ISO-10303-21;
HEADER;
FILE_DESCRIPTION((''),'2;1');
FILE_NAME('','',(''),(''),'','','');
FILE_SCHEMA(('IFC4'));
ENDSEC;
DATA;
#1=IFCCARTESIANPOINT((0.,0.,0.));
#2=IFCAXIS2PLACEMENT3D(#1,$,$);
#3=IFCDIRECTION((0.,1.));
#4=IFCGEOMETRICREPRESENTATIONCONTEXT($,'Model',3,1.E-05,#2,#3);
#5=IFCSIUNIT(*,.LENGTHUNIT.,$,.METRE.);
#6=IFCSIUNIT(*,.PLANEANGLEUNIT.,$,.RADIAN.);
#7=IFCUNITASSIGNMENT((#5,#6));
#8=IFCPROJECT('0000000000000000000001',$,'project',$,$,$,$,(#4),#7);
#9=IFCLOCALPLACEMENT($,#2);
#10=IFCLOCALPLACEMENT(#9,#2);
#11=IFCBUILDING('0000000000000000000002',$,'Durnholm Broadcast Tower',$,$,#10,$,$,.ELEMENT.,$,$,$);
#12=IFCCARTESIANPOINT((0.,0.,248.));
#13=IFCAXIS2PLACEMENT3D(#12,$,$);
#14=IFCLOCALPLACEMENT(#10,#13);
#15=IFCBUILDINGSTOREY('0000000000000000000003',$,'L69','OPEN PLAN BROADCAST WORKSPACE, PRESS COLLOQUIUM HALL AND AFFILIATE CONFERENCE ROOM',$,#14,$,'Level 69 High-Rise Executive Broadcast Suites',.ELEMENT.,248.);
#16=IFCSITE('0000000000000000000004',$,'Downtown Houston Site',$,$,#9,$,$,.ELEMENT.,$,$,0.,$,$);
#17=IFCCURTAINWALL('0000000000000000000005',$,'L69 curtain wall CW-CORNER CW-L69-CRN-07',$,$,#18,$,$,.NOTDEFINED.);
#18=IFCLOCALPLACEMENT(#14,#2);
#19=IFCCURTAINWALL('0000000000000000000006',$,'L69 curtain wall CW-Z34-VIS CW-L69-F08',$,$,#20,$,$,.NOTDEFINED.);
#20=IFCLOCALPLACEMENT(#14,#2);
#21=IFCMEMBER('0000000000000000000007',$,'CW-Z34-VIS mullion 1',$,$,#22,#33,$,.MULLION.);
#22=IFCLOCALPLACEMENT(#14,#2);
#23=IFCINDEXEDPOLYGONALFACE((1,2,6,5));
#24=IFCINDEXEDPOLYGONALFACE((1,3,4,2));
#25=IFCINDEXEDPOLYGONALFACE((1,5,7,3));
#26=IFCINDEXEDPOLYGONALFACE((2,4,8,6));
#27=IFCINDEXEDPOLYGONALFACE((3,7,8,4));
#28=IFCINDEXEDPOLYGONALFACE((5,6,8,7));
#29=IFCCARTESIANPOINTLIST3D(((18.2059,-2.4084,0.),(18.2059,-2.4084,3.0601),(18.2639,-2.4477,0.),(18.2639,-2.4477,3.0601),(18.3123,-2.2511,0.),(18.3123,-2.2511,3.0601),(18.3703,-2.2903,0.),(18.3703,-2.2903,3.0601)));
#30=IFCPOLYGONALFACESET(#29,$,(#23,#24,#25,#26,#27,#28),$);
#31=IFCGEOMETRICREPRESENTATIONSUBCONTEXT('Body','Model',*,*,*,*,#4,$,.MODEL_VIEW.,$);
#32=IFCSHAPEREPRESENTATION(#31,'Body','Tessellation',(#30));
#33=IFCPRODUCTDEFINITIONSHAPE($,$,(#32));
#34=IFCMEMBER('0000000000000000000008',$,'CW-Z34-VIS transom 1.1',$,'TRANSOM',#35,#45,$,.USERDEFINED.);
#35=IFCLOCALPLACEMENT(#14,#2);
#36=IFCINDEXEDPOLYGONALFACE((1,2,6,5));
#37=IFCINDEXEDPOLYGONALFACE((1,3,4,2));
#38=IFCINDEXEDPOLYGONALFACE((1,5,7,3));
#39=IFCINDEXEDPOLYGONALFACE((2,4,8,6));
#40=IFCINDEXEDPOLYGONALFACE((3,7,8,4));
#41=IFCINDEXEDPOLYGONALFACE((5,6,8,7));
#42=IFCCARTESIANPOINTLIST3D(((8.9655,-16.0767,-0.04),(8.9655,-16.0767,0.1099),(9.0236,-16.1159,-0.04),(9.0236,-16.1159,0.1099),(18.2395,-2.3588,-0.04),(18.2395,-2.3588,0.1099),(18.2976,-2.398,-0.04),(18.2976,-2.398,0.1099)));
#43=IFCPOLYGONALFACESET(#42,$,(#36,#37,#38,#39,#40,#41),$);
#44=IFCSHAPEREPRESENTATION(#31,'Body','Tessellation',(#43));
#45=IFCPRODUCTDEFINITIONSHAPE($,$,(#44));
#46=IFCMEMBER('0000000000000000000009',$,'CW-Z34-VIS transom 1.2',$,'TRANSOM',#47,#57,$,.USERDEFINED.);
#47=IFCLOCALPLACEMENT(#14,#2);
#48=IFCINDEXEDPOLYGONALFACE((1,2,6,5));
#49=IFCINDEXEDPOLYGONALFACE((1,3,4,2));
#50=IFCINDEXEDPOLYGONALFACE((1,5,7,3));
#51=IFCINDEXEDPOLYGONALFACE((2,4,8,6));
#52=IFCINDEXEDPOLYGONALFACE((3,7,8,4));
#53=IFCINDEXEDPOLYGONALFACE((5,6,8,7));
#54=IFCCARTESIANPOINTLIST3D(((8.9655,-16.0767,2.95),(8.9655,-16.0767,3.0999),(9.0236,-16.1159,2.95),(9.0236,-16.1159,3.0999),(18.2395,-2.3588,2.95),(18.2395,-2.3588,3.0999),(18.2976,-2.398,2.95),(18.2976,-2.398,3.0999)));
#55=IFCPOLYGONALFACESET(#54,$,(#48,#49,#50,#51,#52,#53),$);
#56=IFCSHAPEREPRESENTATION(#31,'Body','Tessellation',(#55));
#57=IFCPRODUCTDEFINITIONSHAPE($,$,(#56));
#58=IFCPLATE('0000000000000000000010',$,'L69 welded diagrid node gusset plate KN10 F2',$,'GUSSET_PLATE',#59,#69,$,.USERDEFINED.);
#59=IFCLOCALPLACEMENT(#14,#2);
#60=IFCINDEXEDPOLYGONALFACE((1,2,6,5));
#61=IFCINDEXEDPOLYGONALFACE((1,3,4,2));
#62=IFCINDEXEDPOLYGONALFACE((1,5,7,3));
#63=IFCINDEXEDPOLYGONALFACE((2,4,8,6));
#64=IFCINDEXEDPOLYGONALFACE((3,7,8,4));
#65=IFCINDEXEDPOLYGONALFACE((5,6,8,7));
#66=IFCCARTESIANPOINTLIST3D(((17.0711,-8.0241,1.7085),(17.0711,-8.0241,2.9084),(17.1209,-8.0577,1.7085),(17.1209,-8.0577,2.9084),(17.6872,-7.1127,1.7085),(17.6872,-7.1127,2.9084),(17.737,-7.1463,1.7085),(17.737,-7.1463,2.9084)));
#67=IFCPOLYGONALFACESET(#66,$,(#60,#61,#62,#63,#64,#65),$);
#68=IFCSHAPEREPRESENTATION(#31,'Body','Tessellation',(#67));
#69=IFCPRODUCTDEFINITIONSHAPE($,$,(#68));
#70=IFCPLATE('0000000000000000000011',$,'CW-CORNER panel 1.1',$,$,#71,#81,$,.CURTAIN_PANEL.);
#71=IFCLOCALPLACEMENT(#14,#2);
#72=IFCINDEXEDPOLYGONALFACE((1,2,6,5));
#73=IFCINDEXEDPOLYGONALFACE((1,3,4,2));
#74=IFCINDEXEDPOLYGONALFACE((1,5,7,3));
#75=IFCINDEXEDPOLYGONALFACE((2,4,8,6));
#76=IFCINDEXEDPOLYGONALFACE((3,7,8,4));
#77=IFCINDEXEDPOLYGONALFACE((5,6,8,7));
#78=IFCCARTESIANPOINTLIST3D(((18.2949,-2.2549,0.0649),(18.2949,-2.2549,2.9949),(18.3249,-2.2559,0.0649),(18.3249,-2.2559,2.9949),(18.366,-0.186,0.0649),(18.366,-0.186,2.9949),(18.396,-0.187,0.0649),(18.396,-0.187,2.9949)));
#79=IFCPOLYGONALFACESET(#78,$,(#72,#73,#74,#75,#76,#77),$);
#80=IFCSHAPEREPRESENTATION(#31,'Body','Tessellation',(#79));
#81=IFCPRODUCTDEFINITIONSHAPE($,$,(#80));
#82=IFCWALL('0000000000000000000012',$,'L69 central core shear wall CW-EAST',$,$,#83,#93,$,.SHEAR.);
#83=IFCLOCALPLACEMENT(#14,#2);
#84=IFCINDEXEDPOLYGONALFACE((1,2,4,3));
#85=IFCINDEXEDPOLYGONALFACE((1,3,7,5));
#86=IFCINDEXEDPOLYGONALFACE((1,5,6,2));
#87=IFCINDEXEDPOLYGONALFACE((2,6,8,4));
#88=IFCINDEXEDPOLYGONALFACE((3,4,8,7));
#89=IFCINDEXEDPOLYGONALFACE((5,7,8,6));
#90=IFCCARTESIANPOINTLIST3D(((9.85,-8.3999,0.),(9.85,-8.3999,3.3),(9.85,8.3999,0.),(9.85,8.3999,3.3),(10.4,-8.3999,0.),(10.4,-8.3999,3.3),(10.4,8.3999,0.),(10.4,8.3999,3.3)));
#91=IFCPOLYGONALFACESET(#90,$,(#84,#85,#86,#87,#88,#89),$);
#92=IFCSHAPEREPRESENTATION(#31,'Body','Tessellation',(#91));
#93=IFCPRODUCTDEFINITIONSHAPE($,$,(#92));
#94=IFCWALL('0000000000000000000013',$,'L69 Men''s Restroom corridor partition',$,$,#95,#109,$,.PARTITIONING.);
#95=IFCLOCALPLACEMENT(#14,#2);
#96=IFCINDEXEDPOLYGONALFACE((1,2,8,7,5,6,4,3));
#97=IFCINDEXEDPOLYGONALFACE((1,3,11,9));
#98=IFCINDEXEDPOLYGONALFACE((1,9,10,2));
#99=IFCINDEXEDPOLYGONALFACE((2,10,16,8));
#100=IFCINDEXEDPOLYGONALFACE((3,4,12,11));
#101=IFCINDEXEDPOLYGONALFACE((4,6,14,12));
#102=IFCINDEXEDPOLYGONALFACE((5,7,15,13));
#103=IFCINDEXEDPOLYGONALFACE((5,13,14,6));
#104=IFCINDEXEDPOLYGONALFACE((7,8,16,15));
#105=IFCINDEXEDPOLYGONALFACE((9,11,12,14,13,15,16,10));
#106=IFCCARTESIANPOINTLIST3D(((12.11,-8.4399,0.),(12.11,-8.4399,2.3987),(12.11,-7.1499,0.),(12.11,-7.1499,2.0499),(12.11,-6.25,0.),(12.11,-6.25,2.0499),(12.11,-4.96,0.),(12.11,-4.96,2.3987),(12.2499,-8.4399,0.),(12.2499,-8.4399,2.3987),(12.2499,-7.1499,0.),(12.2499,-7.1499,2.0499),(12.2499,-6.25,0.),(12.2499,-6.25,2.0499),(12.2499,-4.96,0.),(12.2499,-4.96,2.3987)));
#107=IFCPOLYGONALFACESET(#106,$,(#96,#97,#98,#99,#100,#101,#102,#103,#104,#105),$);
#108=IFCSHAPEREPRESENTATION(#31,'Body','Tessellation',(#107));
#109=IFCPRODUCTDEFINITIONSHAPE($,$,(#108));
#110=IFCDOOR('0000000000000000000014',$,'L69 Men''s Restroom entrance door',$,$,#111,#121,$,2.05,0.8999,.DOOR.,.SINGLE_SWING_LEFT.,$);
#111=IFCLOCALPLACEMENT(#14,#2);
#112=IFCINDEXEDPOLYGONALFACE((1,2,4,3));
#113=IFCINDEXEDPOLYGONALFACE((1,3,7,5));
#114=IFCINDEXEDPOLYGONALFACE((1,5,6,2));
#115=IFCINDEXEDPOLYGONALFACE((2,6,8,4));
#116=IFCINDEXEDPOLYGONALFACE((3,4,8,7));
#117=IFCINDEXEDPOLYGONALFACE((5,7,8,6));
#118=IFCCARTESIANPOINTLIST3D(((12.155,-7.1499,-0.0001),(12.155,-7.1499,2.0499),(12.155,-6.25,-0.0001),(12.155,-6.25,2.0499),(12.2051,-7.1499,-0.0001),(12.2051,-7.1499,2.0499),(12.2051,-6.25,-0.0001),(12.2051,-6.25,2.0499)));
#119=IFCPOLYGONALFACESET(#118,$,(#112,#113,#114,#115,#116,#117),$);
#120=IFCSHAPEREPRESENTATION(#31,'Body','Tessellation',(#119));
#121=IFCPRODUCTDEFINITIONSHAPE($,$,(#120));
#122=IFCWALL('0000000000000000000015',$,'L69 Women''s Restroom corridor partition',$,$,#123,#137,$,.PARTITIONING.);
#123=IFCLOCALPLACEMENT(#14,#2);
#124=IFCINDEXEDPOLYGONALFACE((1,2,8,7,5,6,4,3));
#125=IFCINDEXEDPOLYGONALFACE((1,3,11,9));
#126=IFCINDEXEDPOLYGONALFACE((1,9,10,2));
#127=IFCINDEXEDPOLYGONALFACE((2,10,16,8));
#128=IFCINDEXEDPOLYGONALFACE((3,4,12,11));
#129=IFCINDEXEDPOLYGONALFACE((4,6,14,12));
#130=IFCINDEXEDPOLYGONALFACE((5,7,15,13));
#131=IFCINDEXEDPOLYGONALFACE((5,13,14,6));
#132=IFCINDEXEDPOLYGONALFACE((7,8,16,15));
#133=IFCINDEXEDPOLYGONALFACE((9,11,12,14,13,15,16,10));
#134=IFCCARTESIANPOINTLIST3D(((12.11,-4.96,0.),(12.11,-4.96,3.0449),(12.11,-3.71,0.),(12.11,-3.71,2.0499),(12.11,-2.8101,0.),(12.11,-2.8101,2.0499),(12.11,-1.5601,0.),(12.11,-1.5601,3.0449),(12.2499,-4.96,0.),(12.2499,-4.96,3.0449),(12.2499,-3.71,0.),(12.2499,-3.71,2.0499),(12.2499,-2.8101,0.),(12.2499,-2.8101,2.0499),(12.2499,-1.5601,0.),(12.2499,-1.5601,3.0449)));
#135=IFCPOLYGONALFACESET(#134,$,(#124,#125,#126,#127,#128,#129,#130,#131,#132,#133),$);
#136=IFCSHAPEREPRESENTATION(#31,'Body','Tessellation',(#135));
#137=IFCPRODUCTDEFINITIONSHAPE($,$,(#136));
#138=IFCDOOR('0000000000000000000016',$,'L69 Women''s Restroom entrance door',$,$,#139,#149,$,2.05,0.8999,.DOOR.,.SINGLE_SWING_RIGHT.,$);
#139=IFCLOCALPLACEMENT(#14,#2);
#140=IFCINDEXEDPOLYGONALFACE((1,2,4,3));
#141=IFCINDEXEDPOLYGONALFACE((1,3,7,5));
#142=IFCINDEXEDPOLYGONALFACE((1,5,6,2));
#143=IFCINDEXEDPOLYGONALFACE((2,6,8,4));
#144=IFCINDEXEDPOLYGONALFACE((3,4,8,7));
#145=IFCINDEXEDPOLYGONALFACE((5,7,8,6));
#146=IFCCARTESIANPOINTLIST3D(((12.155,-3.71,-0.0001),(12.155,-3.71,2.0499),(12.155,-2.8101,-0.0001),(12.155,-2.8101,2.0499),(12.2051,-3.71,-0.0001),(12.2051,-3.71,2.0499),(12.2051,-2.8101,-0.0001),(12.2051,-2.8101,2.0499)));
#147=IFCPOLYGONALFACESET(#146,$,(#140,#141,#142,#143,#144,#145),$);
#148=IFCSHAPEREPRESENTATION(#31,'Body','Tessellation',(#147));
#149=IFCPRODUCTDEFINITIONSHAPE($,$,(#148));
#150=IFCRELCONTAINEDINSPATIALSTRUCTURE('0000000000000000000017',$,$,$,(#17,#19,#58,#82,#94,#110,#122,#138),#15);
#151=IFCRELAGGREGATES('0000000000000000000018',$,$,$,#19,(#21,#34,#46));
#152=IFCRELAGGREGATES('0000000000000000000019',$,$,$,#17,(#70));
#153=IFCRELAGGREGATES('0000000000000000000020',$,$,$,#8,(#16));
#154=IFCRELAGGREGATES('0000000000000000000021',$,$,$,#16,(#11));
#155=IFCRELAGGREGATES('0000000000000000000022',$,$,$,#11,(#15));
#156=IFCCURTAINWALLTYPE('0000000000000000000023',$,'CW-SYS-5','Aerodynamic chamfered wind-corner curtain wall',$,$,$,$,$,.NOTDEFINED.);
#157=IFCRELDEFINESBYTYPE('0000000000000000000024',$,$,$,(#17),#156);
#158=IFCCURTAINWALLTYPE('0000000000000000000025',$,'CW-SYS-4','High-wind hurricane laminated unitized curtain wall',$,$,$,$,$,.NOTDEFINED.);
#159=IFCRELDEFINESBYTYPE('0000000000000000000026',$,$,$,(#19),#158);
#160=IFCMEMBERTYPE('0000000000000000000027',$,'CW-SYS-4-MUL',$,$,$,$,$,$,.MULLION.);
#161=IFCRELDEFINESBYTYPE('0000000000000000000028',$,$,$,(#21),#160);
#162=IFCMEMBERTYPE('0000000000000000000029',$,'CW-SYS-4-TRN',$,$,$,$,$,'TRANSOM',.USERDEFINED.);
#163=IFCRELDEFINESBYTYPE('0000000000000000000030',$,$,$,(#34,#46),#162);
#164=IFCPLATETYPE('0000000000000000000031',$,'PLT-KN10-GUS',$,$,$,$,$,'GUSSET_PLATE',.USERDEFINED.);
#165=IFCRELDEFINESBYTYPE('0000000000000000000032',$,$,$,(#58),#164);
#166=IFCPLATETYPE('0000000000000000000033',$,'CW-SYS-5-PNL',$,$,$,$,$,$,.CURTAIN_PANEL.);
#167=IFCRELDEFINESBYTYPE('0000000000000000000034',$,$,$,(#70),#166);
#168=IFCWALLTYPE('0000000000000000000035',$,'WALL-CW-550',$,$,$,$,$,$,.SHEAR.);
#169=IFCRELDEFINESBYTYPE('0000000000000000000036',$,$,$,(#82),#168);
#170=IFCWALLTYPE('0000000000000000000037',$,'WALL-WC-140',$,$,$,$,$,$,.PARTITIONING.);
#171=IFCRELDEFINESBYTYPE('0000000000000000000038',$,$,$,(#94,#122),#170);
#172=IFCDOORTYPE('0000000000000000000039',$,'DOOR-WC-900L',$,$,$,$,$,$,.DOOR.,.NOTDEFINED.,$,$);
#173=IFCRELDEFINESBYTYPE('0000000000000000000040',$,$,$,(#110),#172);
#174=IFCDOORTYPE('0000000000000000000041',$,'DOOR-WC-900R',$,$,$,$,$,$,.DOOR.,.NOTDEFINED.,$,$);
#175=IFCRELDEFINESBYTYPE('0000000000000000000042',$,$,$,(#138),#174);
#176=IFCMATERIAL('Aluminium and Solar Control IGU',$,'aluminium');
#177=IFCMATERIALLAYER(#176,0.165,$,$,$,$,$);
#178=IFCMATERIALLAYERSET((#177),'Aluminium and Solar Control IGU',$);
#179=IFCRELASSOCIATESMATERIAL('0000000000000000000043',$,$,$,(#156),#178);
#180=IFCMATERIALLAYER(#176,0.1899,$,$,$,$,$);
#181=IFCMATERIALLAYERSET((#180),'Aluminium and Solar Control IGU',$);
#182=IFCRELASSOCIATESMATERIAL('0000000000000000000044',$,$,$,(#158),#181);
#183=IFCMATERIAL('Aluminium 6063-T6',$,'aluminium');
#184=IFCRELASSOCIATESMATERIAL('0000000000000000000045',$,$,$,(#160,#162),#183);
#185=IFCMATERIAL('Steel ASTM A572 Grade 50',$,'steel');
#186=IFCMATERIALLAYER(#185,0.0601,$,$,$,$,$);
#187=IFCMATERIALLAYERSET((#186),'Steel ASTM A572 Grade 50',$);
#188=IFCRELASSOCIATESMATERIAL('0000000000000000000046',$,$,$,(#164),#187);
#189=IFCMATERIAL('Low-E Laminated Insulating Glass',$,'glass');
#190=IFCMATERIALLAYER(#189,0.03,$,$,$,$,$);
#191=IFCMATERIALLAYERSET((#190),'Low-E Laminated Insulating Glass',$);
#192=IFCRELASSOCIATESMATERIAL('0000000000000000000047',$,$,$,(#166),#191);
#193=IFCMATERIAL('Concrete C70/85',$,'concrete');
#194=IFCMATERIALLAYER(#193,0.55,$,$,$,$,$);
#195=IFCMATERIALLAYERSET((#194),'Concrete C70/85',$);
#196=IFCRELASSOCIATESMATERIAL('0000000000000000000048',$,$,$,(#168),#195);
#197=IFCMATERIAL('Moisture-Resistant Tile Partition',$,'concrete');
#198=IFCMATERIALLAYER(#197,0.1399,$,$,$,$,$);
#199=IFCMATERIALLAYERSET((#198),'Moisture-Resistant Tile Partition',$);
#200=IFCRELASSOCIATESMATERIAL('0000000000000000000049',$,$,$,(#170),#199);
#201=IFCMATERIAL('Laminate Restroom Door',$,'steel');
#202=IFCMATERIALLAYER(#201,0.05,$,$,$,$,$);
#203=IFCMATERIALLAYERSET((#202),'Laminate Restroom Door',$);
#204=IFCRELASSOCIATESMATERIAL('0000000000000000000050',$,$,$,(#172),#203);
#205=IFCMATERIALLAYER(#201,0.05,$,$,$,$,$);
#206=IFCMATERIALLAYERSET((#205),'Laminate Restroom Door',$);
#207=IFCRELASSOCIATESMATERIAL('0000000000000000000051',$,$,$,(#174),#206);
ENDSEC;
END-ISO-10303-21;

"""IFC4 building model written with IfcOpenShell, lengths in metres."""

from ifc_helpers import new_model, si_unit, direction, frame, frame_2d, origin, origin_2d, place, context, subcontext, project, spatial, rectangle, extrude, source, transform, mapped, material, layer, layer_set, material_profile, profile_set, type_object, type_shapes, element, fill, aggregate, save


model = new_model("IFC4")

# Units and contexts
model_context = context("Model", 3, precision=1e-05, world=origin(), true_north=direction((0.0, 1.0)))
body_context = subcontext(model_context, "Body", "Model", "MODEL_VIEW")
ifc_project = project(units=[si_unit("LENGTHUNIT", "METRE"), si_unit("PLANEANGLEUNIT", "RADIAN")], contexts=[model_context])

# Site, building, storey
site_placement = place(None, origin())
site = spatial("IfcSite", under=ifc_project, at=site_placement, Name="Downtown Houston Site", CompositionType="ELEMENT", RefElevation=0.0)
building_placement = place(site_placement, origin())
building = spatial("IfcBuilding", under=site, at=building_placement, Name="Durnholm Broadcast Tower", CompositionType="ELEMENT")
storey_placement = place(building_placement, frame((0.0, 0.0, 248.0)))
storey = spatial("IfcBuildingStorey", under=building, at=storey_placement, Name="L69", Description="OPEN PLAN BROADCAST WORKSPACE, PRESS COLLOQUIUM HALL AND AFFILIATE CONFERENCE ROOM", LongName="Level 69 High-Rise Executive Broadcast Suites", CompositionType="ELEMENT", Elevation=248.0)

# Shared definitions
ifc_material_1 = material(Name="Concrete C70/85", Category="concrete")

# Curtain wall
ifc_material_2 = material(Name="Aluminium and Solar Control IGU", Category="aluminium")
ifc_layer_1 = layer(ifc_material_2, 0.165)
ifc_layer_set_1 = layer_set([ifc_layer_1], Name="Aluminium and Solar Control IGU")
curtain_wall_type_1 = type_object("IfcCurtainWallType", Name="CW-SYS-5", Description="Aerodynamic chamfered wind-corner curtain wall", PredefinedType="NOTDEFINED", material=ifc_layer_set_1)
curtain_wall_1_placement = place(storey_placement, origin())
curtain_wall_1 = element("IfcCurtainWall", 1, at=curtain_wall_1_placement, inside=storey, type_object=curtain_wall_type_1, Name="L69 curtain wall CW-CORNER CW-L69-CRN-07", PredefinedType="NOTDEFINED")
ifc_material_3 = material(Name="Aluminium 6063-T6", Category="aluminium")

# Curtain wall, members
ifc_layer_2 = layer(ifc_material_2, 0.1899)
ifc_layer_set_2 = layer_set([ifc_layer_2], Name="Aluminium and Solar Control IGU")
curtain_wall_type_2 = type_object("IfcCurtainWallType", Name="CW-SYS-4", Description="High-wind hurricane laminated unitized curtain wall", PredefinedType="NOTDEFINED", material=ifc_layer_set_2)
curtain_wall_2_placement = place(storey_placement, origin())
curtain_wall_2 = element("IfcCurtainWall", 2, at=curtain_wall_2_placement, inside=storey, type_object=curtain_wall_type_2, Name="L69 curtain wall CW-Z34-VIS CW-L69-F08", PredefinedType="NOTDEFINED")
ifc_material_profile_1 = material_profile(ifc_material_3, rectangle(XDim=0.0701, YDim=0.1899, at=origin_2d()), Name="CWM70X190")
ifc_profile_set_1 = profile_set([ifc_material_profile_1], Name="Aluminium 6063-T6")
member_type_1 = type_object("IfcMemberType", Name="CW-SYS-4-MUL", PredefinedType="MULLION", material=ifc_profile_set_1)
shared_shape_1 = source(origin(), body_context, "Body", "SweptSolid", [
    extrude(rectangle(XDim=0.0701, YDim=0.1899, at=origin_2d()), origin(), (0.0, 0.0, 1.0), 3.0601),
])
type_shapes(member_type_1, [shared_shape_1])
member_1_placement = place(storey_placement, frame((18.2881, -2.3494, 0.0), z_axis=(0.0, 0.0, 1.0), x_axis=(0.828443, -0.560073, 0.0)))
member_1 = element("IfcMember", 3, at=member_1_placement, type_object=member_type_1, Name="CW-Z34-VIS mullion 1", PredefinedType="MULLION", context=body_context, shape_type="MappedRepresentation", body=[
    mapped(shared_shape_1, transform((0.0, 0.0, 0.0), x_axis=(1.0, 0.0, 0.0), y_axis=(0.0, 1.0, 0.0), z_axis=(0.0, 0.0, 1.0), scale=1.0)),
])
ifc_material_profile_2 = material_profile(ifc_material_3, rectangle(XDim=0.0701, YDim=0.1499, at=origin_2d()), Name="CWT70X150")
ifc_profile_set_2 = profile_set([ifc_material_profile_2], Name="Aluminium 6063-T6")
member_type_2 = type_object("IfcMemberType", Name="CW-SYS-4-TRN", ElementType="TRANSOM", PredefinedType="USERDEFINED", material=ifc_profile_set_2)
shared_shape_2 = source(origin(), body_context, "Body", "SweptSolid", [
    extrude(rectangle(XDim=0.0701, YDim=0.1499, at=origin_2d()), origin(), (0.0, 0.0, 1.0), 16.5586),
])
type_shapes(member_type_2, [shared_shape_2])
member_2_placement = place(storey_placement, frame((18.2686, -2.3784, 0.0349), z_axis=(-0.560071, -0.828444, 0.0), x_axis=(0.828444, -0.560071, 0.0)))
member_2 = element("IfcMember", 4, at=member_2_placement, type_object=member_type_2, Name="CW-Z34-VIS transom 1.1", ObjectType="TRANSOM", PredefinedType="USERDEFINED", context=body_context, shape_type="MappedRepresentation", body=[
    mapped(shared_shape_2, transform((0.0, 0.0, 0.0), x_axis=(1.0, 0.0, 0.0), y_axis=(0.0, 1.0, 0.0), z_axis=(0.0, 0.0, 1.0), scale=1.0)),
])
member_3_placement = place(storey_placement, frame((18.2686, -2.3784, 3.0249), z_axis=(-0.560071, -0.828444, 0.0), x_axis=(0.828444, -0.560071, 0.0)))
member_3 = element("IfcMember", 5, at=member_3_placement, type_object=member_type_2, Name="CW-Z34-VIS transom 1.2", ObjectType="TRANSOM", PredefinedType="USERDEFINED", context=body_context, shape_type="MappedRepresentation", body=[
    mapped(shared_shape_2, transform((0.0, 0.0, 0.0), x_axis=(1.0, 0.0, 0.0), y_axis=(0.0, 1.0, 0.0), z_axis=(0.0, 0.0, 1.0), scale=1.0)),
])
aggregate(curtain_wall_2, [member_1, member_2, member_3])

# Plates
ifc_material_4 = material(Name="Steel ASTM A572 Grade 50", Category="steel")
ifc_layer_3 = layer(ifc_material_4, 0.0601)
ifc_layer_set_3 = layer_set([ifc_layer_3], Name="Steel ASTM A572 Grade 50")
plate_type_1 = type_object("IfcPlateType", Name="PLT-KN10-GUS", ElementType="GUSSET_PLATE", PredefinedType="USERDEFINED", material=ifc_layer_set_3)
shared_shape_3 = source(origin(), body_context, "Body", "SweptSolid", [
    extrude(rectangle(XDim=1.1001, YDim=0.0601, at=origin_2d()), origin(), (0.0, 0.0, 1.0), 1.2),
])
type_shapes(plate_type_1, [shared_shape_3])
plate_1_placement = place(storey_placement, frame((17.4041, -7.5852, 1.7085), z_axis=(0.0, 0.0, 1.0), x_axis=(0.560061, 0.828452, 0.0)))
element("IfcPlate", 6, at=plate_1_placement, inside=storey, type_object=plate_type_1, Name="L69 welded diagrid node gusset plate KN10 F2", ObjectType="GUSSET_PLATE", PredefinedType="USERDEFINED", context=body_context, shape_type="MappedRepresentation", body=[
    mapped(shared_shape_3, transform((0.0, 0.0, 0.0), x_axis=(1.0, 0.0, 0.0), y_axis=(0.0, 1.0, 0.0), z_axis=(0.0, 0.0, 1.0), scale=1.0)),
])
ifc_material_5 = material(Name="Low-E Laminated Insulating Glass", Category="glass")
ifc_layer_4 = layer(ifc_material_5, 0.03)
ifc_layer_set_4 = layer_set([ifc_layer_4], Name="Low-E Laminated Insulating Glass")
plate_type_2 = type_object("IfcPlateType", Name="CW-SYS-5-PNL", PredefinedType="CURTAIN_PANEL", material=ifc_layer_set_4)
shared_shape_4 = source(origin(), body_context, "Body", "SweptSolid", [
    extrude(rectangle(XDim=2.0701, YDim=0.03, at=origin_2d()), origin(), (0.0, 0.0, 1.0), 2.9299),
])
type_shapes(plate_type_2, [shared_shape_4])
plate_2_placement = place(storey_placement, frame((18.3455, -1.2209, 0.0649), z_axis=(0.0, 0.0, 1.0), x_axis=(-0.034318, -0.999411, 0.0)))
plate_2 = element("IfcPlate", 7, at=plate_2_placement, type_object=plate_type_2, Name="CW-CORNER panel 1.1", PredefinedType="CURTAIN_PANEL", context=body_context, shape_type="MappedRepresentation", body=[
    mapped(shared_shape_4, transform((0.0, 0.0, 0.0), x_axis=(1.0, 0.0, 0.0), y_axis=(0.0, 1.0, 0.0), z_axis=(0.0, 0.0, 1.0), scale=1.0)),
])
aggregate(curtain_wall_1, [plate_2])

# Wall
ifc_layer_5 = layer(ifc_material_1, 0.55)
ifc_layer_set_5 = layer_set([ifc_layer_5], Name="Concrete C70/85")
wall_type_1 = type_object("IfcWallType", Name="WALL-CW-550", PredefinedType="SHEAR", material=ifc_layer_set_5)
wall_1_placement = place(storey_placement, frame((10.125, -8.3999, 0.0), z_axis=(0.0, 0.0, 1.0), x_axis=(0.0, 1.0, 0.0)))
element("IfcWall", 8, at=wall_1_placement, inside=storey, type_object=wall_type_1, Name="L69 central core shear wall CW-EAST", PredefinedType="SHEAR", context=body_context, shape_type="SweptSolid", body=[
    extrude(rectangle(XDim=16.7998, YDim=0.55, at=frame_2d((8.3999, 0.0))), origin(), (0.0, 0.0, 1.0), 3.3),
])

# Walls, openings, doors
ifc_material_6 = material(Name="Moisture-Resistant Tile Partition", Category="concrete")
ifc_layer_6 = layer(ifc_material_6, 0.1399)
ifc_layer_set_6 = layer_set([ifc_layer_6], Name="Moisture-Resistant Tile Partition")
wall_type_2 = type_object("IfcWallType", Name="WALL-WC-140", PredefinedType="PARTITIONING", material=ifc_layer_set_6)
wall_2_placement = place(storey_placement, frame((12.1799, -8.4399, 0.0), z_axis=(0.0, 0.0, 1.0), x_axis=(0.0, 1.0, 0.0)))
wall_2 = element("IfcWall", 9, at=wall_2_placement, inside=storey, type_object=wall_type_2, Name="L69 Men's Restroom corridor partition", PredefinedType="PARTITIONING", context=body_context, shape_type="SweptSolid", body=[
    extrude(rectangle(XDim=3.48, YDim=0.1399, at=frame_2d((1.74, 0.0))), origin(), (0.0, 0.0, 1.0), 2.3987),
])
opening_1_placement = place(wall_2_placement, frame((1.29, 0.0, 0.0)))
opening_1 = element("IfcOpeningElement", 10, at=opening_1_placement, cuts=wall_2, PredefinedType="OPENING", context=body_context, shape_type="SweptSolid", body=[
    extrude(rectangle(XDim=0.8999, YDim=2.05, at=frame_2d((0.45, 1.0249))), frame((0.0, 0.0801, 0.0), z_axis=(0.0, -1.0, 0.0), x_axis=(1.0, 0.0, 0.0)), (0.0, 0.0, 1.0), 0.1599),
])
ifc_material_7 = material(Name="Laminate Restroom Door", Category="steel")
ifc_layer_7 = layer(ifc_material_7, 0.05)
ifc_layer_set_7 = layer_set([ifc_layer_7], Name="Laminate Restroom Door")
door_type_1 = type_object("IfcDoorType", Name="DOOR-WC-900L", OperationType="NOTDEFINED", PredefinedType="DOOR", material=ifc_layer_set_7)
shared_shape_5 = source(origin(), body_context, "Body", "SweptSolid", [
    extrude(rectangle(XDim=0.8999, YDim=2.05, at=frame_2d((0.45, 1.0249))), frame((0.0, 0.0249, 0.0), z_axis=(0.0, -1.0, 0.0), x_axis=(1.0, 0.0, 0.0)), (0.0, 0.0, 1.0), 0.05),
])
type_shapes(door_type_1, [shared_shape_5])
door_1_placement = place(opening_1_placement, origin())
door_1 = element("IfcDoor", 11, at=door_1_placement, inside=storey, type_object=door_type_1, Name="L69 Men's Restroom entrance door", OperationType="SINGLE_SWING_LEFT", OverallHeight=2.05, OverallWidth=0.8999, PredefinedType="DOOR", context=body_context, shape_type="MappedRepresentation", body=[
    mapped(shared_shape_5, transform((0.0, 0.0, 0.0), x_axis=(1.0, 0.0, 0.0), y_axis=(0.0, 1.0, 0.0), z_axis=(0.0, 0.0, 1.0), scale=1.0)),
])
fill(opening_1, door_1)
wall_3_placement = place(storey_placement, frame((12.1799, -4.96, 0.0), z_axis=(0.0, 0.0, 1.0), x_axis=(0.0, 1.0, 0.0)))
wall_3 = element("IfcWall", 12, at=wall_3_placement, inside=storey, type_object=wall_type_2, Name="L69 Women's Restroom corridor partition", PredefinedType="PARTITIONING", context=body_context, shape_type="SweptSolid", body=[
    extrude(rectangle(XDim=3.3999, YDim=0.1399, at=frame_2d((1.7, 0.0))), origin(), (0.0, 0.0, 1.0), 3.0449),
])
opening_2_placement = place(wall_3_placement, frame((1.25, 0.0, 0.0)))
opening_2 = element("IfcOpeningElement", 13, at=opening_2_placement, cuts=wall_3, PredefinedType="OPENING", context=body_context, shape_type="SweptSolid", body=[
    extrude(rectangle(XDim=0.8999, YDim=2.05, at=frame_2d((0.45, 1.0249))), frame((0.0, 0.0801, 0.0), z_axis=(0.0, -1.0, 0.0), x_axis=(1.0, 0.0, 0.0)), (0.0, 0.0, 1.0), 0.1599),
])
ifc_layer_8 = layer(ifc_material_7, 0.05)
ifc_layer_set_8 = layer_set([ifc_layer_8], Name="Laminate Restroom Door")
door_type_2 = type_object("IfcDoorType", Name="DOOR-WC-900R", OperationType="NOTDEFINED", PredefinedType="DOOR", material=ifc_layer_set_8)
shared_shape_6 = source(origin(), body_context, "Body", "SweptSolid", [
    extrude(rectangle(XDim=0.8999, YDim=2.05, at=frame_2d((0.45, 1.0249))), frame((0.0, 0.0249, 0.0), z_axis=(0.0, -1.0, 0.0), x_axis=(1.0, 0.0, 0.0)), (0.0, 0.0, 1.0), 0.05),
])
type_shapes(door_type_2, [shared_shape_6])
door_2_placement = place(opening_2_placement, origin())
door_2 = element("IfcDoor", 14, at=door_2_placement, inside=storey, type_object=door_type_2, Name="L69 Women's Restroom entrance door", OperationType="SINGLE_SWING_RIGHT", OverallHeight=2.05, OverallWidth=0.8999, PredefinedType="DOOR", context=body_context, shape_type="MappedRepresentation", body=[
    mapped(shared_shape_6, transform((0.0, 0.0, 0.0), x_axis=(1.0, 0.0, 0.0), y_axis=(0.0, 1.0, 0.0), z_axis=(0.0, 0.0, 1.0), scale=1.0)),
])
fill(opening_2, door_2)

save(model, "model.ifc")
